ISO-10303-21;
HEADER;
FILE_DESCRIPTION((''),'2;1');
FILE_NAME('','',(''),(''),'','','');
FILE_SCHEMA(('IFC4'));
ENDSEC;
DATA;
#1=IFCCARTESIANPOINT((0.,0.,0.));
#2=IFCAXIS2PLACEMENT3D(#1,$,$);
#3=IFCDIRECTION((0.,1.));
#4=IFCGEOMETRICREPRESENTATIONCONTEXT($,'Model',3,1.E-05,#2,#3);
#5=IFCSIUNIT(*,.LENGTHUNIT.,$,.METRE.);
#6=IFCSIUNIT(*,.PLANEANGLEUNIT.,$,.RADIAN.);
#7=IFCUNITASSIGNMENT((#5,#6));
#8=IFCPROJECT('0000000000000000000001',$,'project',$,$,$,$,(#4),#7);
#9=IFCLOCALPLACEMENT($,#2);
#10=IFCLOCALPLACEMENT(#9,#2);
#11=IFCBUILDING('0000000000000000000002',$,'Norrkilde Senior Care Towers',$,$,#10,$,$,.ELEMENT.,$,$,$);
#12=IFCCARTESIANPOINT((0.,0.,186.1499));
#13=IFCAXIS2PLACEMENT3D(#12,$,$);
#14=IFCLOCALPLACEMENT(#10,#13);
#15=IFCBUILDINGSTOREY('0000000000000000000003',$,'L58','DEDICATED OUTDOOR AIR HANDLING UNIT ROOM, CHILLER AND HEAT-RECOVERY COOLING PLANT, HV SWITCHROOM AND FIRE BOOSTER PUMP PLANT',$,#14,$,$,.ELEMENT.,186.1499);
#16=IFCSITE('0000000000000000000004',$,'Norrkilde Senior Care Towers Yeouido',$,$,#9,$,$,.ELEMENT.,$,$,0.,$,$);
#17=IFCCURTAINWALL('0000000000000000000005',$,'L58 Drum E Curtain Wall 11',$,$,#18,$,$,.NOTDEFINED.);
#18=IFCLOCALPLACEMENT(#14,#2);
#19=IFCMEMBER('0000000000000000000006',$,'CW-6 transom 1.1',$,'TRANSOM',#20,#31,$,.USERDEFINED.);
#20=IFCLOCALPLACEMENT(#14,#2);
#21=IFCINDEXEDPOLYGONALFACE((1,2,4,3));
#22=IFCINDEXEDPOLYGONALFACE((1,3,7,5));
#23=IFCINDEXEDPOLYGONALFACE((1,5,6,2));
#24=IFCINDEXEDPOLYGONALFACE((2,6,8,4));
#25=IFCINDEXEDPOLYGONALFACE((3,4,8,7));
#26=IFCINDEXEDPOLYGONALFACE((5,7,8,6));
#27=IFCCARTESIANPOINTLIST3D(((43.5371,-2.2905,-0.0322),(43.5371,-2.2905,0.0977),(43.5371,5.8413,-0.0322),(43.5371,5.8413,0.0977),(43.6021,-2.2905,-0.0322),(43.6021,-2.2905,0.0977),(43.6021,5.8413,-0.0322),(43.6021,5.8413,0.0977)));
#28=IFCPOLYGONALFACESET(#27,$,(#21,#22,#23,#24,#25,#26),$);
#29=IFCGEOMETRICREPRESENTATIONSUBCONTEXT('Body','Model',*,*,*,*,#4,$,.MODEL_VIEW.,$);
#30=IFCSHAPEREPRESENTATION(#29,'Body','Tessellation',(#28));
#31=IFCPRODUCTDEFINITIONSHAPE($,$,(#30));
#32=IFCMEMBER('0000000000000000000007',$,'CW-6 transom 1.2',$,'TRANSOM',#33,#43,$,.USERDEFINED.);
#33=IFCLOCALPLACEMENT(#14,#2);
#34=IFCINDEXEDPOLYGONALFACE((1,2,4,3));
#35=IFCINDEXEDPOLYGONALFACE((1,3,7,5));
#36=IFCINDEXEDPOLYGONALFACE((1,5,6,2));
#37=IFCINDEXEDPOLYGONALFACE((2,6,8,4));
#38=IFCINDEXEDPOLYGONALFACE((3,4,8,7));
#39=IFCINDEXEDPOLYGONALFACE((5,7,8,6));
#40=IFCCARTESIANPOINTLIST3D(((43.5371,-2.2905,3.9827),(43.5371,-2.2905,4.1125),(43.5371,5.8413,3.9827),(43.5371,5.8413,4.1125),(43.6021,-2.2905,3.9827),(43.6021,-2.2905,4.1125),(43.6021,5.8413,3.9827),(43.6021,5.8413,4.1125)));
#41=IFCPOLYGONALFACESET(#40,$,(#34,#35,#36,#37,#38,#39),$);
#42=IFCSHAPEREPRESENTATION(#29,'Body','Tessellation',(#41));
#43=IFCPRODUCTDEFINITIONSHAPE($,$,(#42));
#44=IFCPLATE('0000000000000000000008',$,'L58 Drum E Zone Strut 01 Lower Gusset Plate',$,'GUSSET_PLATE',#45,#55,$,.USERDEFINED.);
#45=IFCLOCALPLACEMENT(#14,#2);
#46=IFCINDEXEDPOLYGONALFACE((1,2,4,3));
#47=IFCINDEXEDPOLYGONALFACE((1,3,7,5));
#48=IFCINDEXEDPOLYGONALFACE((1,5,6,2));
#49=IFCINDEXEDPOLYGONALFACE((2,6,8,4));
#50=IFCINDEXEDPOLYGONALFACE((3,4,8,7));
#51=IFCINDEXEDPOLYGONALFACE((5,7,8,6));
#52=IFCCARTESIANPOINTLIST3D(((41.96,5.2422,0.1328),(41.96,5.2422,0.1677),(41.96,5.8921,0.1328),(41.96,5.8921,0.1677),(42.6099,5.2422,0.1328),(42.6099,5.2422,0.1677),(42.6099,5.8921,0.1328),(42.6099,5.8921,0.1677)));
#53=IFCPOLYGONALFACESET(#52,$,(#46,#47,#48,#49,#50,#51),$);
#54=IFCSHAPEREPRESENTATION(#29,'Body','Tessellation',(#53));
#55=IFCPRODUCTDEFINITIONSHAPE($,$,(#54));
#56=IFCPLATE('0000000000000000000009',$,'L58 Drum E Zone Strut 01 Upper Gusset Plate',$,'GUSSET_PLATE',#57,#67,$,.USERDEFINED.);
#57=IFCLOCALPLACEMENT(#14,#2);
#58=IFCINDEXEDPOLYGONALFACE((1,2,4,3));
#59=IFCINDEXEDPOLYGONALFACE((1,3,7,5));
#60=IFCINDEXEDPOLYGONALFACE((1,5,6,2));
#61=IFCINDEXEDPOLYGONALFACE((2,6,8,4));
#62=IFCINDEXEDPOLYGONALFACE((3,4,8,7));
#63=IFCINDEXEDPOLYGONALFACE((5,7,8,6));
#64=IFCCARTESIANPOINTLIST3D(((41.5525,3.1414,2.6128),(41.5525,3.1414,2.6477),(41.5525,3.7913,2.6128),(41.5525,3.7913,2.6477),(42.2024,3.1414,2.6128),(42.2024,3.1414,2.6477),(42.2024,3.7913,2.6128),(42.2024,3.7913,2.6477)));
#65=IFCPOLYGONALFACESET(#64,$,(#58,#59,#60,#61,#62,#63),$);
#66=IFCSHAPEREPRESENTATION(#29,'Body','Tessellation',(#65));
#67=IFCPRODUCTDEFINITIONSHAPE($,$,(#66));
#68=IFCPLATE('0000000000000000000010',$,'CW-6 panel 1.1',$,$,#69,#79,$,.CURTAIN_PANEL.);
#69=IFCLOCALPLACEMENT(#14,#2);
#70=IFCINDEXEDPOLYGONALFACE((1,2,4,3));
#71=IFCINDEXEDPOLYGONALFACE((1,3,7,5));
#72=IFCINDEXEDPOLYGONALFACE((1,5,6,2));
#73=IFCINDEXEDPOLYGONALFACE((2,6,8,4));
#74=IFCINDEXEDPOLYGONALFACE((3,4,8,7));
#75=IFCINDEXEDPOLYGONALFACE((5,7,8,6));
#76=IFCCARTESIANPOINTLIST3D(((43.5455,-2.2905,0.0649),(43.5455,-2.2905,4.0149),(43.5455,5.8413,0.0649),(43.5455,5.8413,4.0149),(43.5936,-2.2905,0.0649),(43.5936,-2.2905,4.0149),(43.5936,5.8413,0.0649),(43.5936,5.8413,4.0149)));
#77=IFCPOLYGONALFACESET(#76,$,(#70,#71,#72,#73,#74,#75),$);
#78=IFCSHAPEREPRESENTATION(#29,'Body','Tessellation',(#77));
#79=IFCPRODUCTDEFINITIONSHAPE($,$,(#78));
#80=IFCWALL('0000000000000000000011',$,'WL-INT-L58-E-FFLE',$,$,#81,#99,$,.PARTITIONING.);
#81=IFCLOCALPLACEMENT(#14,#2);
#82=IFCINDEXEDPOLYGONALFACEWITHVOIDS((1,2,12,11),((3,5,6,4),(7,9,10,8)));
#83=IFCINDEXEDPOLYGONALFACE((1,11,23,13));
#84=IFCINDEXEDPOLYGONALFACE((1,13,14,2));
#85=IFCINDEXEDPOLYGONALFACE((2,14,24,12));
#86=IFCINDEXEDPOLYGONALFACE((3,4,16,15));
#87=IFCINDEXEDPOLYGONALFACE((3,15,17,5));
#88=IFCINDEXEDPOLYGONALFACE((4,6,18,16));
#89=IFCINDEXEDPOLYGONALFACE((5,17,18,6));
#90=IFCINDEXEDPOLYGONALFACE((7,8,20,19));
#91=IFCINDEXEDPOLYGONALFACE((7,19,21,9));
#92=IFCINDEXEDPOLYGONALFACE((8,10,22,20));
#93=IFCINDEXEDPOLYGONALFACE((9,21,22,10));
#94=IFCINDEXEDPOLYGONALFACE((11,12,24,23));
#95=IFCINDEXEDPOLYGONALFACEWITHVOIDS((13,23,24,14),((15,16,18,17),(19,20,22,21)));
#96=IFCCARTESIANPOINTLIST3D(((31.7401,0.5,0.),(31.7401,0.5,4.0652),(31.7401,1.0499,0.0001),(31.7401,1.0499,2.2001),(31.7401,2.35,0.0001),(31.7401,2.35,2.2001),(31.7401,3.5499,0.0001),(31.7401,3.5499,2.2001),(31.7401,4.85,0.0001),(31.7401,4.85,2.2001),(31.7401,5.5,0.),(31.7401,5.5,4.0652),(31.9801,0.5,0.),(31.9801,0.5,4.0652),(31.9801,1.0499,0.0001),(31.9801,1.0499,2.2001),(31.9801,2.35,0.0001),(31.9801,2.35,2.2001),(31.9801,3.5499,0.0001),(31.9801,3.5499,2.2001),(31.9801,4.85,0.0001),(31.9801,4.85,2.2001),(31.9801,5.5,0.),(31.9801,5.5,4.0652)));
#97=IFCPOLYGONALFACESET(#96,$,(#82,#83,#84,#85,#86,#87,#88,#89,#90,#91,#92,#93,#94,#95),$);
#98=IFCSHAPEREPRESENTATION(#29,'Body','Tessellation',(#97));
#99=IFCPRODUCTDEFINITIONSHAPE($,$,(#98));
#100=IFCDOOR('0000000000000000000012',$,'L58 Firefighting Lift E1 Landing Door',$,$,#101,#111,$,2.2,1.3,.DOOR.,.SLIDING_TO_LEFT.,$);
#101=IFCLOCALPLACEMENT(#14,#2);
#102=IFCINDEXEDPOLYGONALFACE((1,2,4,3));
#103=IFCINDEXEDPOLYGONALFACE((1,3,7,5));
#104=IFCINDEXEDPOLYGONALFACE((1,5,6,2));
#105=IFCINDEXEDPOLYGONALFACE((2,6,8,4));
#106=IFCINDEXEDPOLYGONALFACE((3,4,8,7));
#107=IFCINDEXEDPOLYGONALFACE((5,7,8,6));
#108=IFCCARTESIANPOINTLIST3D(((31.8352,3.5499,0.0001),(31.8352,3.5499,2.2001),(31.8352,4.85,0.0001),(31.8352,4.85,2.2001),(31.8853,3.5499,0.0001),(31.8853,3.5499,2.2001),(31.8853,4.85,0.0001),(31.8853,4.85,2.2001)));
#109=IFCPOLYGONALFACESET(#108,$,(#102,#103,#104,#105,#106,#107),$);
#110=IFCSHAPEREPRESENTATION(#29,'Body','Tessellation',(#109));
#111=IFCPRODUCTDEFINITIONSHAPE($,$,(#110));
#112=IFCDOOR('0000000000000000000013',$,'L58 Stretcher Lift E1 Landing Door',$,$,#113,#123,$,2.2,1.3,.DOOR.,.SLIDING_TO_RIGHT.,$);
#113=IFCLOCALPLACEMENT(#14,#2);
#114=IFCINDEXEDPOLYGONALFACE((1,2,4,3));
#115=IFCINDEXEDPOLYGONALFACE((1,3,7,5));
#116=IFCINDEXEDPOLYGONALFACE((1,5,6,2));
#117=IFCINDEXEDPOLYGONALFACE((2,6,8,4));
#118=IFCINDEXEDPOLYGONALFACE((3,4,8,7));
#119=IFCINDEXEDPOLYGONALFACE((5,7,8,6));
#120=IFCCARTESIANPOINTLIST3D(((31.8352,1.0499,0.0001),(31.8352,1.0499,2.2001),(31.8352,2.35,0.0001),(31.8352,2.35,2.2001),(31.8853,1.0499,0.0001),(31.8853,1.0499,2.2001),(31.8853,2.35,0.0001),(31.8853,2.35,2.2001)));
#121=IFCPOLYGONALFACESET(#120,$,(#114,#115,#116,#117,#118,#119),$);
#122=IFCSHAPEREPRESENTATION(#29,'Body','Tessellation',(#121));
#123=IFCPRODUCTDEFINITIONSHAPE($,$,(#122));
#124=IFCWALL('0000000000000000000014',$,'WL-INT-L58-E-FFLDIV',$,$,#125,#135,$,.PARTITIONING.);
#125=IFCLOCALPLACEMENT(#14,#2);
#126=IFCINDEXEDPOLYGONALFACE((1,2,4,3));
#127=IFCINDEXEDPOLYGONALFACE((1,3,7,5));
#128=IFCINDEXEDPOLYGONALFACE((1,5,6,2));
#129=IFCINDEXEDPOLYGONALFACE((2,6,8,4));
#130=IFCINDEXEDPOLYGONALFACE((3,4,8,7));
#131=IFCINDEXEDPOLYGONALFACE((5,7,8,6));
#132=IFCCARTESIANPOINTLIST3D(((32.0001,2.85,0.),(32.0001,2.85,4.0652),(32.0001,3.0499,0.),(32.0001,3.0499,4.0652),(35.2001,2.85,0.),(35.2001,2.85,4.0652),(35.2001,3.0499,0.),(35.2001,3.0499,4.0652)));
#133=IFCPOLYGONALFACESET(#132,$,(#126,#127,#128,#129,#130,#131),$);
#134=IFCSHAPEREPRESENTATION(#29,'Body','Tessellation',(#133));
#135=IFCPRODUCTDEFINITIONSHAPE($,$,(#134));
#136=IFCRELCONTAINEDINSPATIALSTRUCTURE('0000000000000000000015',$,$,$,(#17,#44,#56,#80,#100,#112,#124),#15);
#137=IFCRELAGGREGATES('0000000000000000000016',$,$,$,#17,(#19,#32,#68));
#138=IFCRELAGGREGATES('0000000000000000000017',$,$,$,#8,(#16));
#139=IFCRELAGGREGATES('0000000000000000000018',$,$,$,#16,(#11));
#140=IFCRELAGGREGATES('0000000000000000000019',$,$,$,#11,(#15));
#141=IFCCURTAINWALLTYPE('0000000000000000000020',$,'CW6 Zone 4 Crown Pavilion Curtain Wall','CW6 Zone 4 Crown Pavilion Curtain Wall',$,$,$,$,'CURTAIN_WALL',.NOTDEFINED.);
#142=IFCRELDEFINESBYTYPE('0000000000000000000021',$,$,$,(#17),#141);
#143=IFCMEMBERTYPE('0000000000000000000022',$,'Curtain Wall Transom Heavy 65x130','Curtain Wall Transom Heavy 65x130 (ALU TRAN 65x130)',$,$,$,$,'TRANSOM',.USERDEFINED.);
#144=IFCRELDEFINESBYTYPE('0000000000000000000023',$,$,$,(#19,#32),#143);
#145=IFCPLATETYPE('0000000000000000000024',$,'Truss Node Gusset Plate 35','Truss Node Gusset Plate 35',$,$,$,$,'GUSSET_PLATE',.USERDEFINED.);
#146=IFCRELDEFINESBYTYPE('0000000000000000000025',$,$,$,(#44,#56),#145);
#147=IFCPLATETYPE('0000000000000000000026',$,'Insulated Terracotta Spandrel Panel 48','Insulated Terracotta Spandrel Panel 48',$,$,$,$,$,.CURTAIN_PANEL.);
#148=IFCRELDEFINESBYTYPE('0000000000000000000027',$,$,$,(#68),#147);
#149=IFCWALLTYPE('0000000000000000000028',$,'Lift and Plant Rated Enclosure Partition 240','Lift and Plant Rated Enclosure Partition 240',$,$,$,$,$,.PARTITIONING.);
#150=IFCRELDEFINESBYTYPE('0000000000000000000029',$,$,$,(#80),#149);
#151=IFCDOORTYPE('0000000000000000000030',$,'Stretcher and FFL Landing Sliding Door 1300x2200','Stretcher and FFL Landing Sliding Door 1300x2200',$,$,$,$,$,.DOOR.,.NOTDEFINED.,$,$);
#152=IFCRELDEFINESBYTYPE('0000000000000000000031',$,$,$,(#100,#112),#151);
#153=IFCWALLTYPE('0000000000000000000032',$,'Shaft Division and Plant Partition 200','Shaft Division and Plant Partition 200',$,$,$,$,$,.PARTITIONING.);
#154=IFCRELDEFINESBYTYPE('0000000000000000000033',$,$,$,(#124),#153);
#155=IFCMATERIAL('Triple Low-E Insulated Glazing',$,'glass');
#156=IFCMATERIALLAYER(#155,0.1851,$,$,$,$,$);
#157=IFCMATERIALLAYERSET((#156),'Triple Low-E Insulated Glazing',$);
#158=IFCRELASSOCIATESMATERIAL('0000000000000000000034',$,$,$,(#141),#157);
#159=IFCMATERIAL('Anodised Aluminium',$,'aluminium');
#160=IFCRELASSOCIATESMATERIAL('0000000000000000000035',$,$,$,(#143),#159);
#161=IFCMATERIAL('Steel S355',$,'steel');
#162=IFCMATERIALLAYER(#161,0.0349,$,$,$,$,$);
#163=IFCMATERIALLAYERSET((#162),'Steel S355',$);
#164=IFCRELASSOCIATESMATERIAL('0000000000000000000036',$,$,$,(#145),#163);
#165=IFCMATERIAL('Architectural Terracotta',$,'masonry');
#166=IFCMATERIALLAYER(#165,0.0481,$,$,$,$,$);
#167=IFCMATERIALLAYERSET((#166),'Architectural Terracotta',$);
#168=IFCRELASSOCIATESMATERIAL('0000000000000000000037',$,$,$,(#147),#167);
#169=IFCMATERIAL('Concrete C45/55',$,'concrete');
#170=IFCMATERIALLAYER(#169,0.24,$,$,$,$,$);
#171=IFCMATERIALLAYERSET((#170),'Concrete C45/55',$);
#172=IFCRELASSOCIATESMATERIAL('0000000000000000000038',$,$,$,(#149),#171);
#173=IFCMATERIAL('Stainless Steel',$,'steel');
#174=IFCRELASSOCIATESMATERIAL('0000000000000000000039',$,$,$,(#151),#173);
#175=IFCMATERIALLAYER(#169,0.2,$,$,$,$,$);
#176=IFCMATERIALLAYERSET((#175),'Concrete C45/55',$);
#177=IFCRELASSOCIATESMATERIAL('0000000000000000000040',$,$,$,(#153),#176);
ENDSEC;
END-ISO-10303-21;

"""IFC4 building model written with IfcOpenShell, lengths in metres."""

from ifc_helpers import new_model, si_unit, direction, frame, frame_2d, origin, origin_2d, place, context, subcontext, project, spatial, rectangle, extrude, source, transform, mapped, material, layer, layer_set, material_profile, profile_set, type_object, type_shapes, element, fill, aggregate, save


model = new_model("IFC4")

# Units and contexts
model_context = context("Model", 3, precision=1e-05, world=origin(), true_north=direction((0.0, 1.0)))
body_context = subcontext(model_context, "Body", "Model", "MODEL_VIEW")
ifc_project = project(units=[si_unit("LENGTHUNIT", "METRE"), si_unit("PLANEANGLEUNIT", "RADIAN")], contexts=[model_context])

# Site, building, storey
site_placement = place(None, origin())
site = spatial("IfcSite", under=ifc_project, at=site_placement, Name="Norrkilde Senior Care Towers Yeouido", CompositionType="ELEMENT", RefElevation=0.0)
building_placement = place(site_placement, origin())
building = spatial("IfcBuilding", under=site, at=building_placement, Name="Norrkilde Senior Care Towers", CompositionType="ELEMENT")
storey_placement = place(building_placement, frame((0.0, 0.0, 186.1499)))
storey = spatial("IfcBuildingStorey", under=building, at=storey_placement, Name="L58", Description="DEDICATED OUTDOOR AIR HANDLING UNIT ROOM, CHILLER AND HEAT-RECOVERY COOLING PLANT, HV SWITCHROOM AND FIRE BOOSTER PUMP PLANT", CompositionType="ELEMENT", Elevation=186.1499)

# Shared definitions
ifc_material_1 = material(Name="Steel S355", Category="steel")

# Shared definitions
ifc_material_2 = material(Name="Triple Low-E Insulated Glazing", Category="glass")
ifc_layer_1 = layer(ifc_material_2, 0.1851)
ifc_layer_set_1 = layer_set([ifc_layer_1], Name="Triple Low-E Insulated Glazing")
curtain_wall_type = type_object("IfcCurtainWallType", Name="CW6 Zone 4 Crown Pavilion Curtain Wall", Description="CW6 Zone 4 Crown Pavilion Curtain Wall", ElementType="CURTAIN_WALL", PredefinedType="NOTDEFINED", material=ifc_layer_set_1)
ifc_material_3 = material(Name="Anodised Aluminium", Category="aluminium")

# Curtain wall, members
curtain_wall_1_placement = place(storey_placement, origin())
curtain_wall_1 = element("IfcCurtainWall", 1, at=curtain_wall_1_placement, inside=storey, type_object=curtain_wall_type, Name="L58 Drum E Curtain Wall 11", PredefinedType="NOTDEFINED")
ifc_material_profile_1 = material_profile(ifc_material_3, rectangle(XDim=0.0649, YDim=0.1299, at=origin_2d()), Name="ALU TRAN 65x130")
ifc_profile_set_1 = profile_set([ifc_material_profile_1], Name="Anodised Aluminium")
member_type_1 = type_object("IfcMemberType", Name="Curtain Wall Transom Heavy 65x130", Description="Curtain Wall Transom Heavy 65x130 (ALU TRAN 65x130)", ElementType="TRANSOM", PredefinedType="USERDEFINED", material=ifc_profile_set_1)
shared_shape_1 = source(origin(), body_context, "Body", "SweptSolid", [
    extrude(rectangle(XDim=0.0649, YDim=0.1299, at=origin_2d()), origin(), (0.0, 0.0, 1.0), 8.1318),
])
type_shapes(member_type_1, [shared_shape_1])
member_1_placement = place(storey_placement, frame((43.5696, 5.8413, 0.0327), z_axis=(0.0, -1.0, 0.0), x_axis=(1.0, 0.0, 0.0)))
member_1 = element("IfcMember", 2, at=member_1_placement, type_object=member_type_1, Name="CW-6 transom 1.1", ObjectType="TRANSOM", PredefinedType="USERDEFINED", context=body_context, shape_type="MappedRepresentation", body=[
    mapped(shared_shape_1, transform((0.0, 0.0, 0.0), x_axis=(1.0, 0.0, 0.0), y_axis=(0.0, 1.0, 0.0), z_axis=(0.0, 0.0, 1.0), scale=1.0)),
])
member_2_placement = place(storey_placement, frame((43.5696, 5.8413, 4.0476), z_axis=(0.0, -1.0, 0.0), x_axis=(1.0, 0.0, 0.0)))
member_2 = element("IfcMember", 3, at=member_2_placement, type_object=member_type_1, Name="CW-6 transom 1.2", ObjectType="TRANSOM", PredefinedType="USERDEFINED", context=body_context, shape_type="MappedRepresentation", body=[
    mapped(shared_shape_1, transform((0.0, 0.0, 0.0), x_axis=(1.0, 0.0, 0.0), y_axis=(0.0, 1.0, 0.0), z_axis=(0.0, 0.0, 1.0), scale=1.0)),
])

# Plates
ifc_layer_2 = layer(ifc_material_1, 0.0349)
ifc_layer_set_2 = layer_set([ifc_layer_2], Name="Steel S355")
plate_type_1 = type_object("IfcPlateType", Name="Truss Node Gusset Plate 35", Description="Truss Node Gusset Plate 35", ElementType="GUSSET_PLATE", PredefinedType="USERDEFINED", material=ifc_layer_set_2)
shared_shape_2 = source(origin(), body_context, "Body", "SweptSolid", [
    extrude(rectangle(XDim=0.6499, YDim=0.6499, at=origin_2d()), origin(), (0.0, 0.0, 1.0), 0.0349),
])
type_shapes(plate_type_1, [shared_shape_2])
for number, where, z_axis, x_axis, name in (
    (4, (42.2849, 5.5671, 0.1328), (0.0, 0.0, 1.0), (1.0, 0.0, 0.0), "L58 Drum E Zone Strut 01 Lower Gusset Plate"),
    (5, (41.8774, 3.4663, 2.6128), (0.0, 0.0, 1.0), (1.0, 0.0, 0.0), "L58 Drum E Zone Strut 01 Upper Gusset Plate"),
):
    element("IfcPlate", number, at=place(storey_placement, frame(where, z_axis=z_axis, x_axis=x_axis)), inside=storey, type_object=plate_type_1, Name=name, ObjectType="GUSSET_PLATE", PredefinedType="USERDEFINED", context=body_context, shape_type="MappedRepresentation", body=[
        mapped(shared_shape_2, transform((0.0, 0.0, 0.0), x_axis=(1.0, 0.0, 0.0), y_axis=(0.0, 1.0, 0.0), z_axis=(0.0, 0.0, 1.0), scale=1.0)),
    ])

# Plate
ifc_material_4 = material(Name="Architectural Terracotta", Category="masonry")
ifc_layer_3 = layer(ifc_material_4, 0.0481)
ifc_layer_set_3 = layer_set([ifc_layer_3], Name="Architectural Terracotta")
plate_type_2 = type_object("IfcPlateType", Name="Insulated Terracotta Spandrel Panel 48", Description="Insulated Terracotta Spandrel Panel 48", PredefinedType="CURTAIN_PANEL", material=ifc_layer_set_3)
shared_shape_3 = source(origin(), body_context, "Body", "SweptSolid", [
    extrude(rectangle(XDim=8.1318, YDim=0.0481, at=origin_2d()), origin(), (0.0, 0.0, 1.0), 3.95),
])
type_shapes(plate_type_2, [shared_shape_3])
plate_placement = place(storey_placement, frame((43.5696, 1.7754, 0.0649), z_axis=(0.0, 0.0, 1.0), x_axis=(0.0, -1.0, 0.0)))
plate = element("IfcPlate", 6, at=plate_placement, type_object=plate_type_2, Name="CW-6 panel 1.1", PredefinedType="CURTAIN_PANEL", context=body_context, shape_type="MappedRepresentation", body=[
    mapped(shared_shape_3, transform((0.0, 0.0, 0.0), x_axis=(1.0, 0.0, 0.0), y_axis=(0.0, 1.0, 0.0), z_axis=(0.0, 0.0, 1.0), scale=1.0)),
])
aggregate(curtain_wall_1, [member_1, member_2, plate])

# Shared definitions
ifc_material_5 = material(Name="Concrete C45/55", Category="concrete")

# Wall, openings, doors
ifc_layer_4 = layer(ifc_material_5, 0.24)
ifc_layer_set_4 = layer_set([ifc_layer_4], Name="Concrete C45/55")
wall_type_1 = type_object("IfcWallType", Name="Lift and Plant Rated Enclosure Partition 240", Description="Lift and Plant Rated Enclosure Partition 240", PredefinedType="PARTITIONING", material=ifc_layer_set_4)
shared_shape_4 = source(origin(), body_context, "Body", "SweptSolid", [
    extrude(rectangle(XDim=5.0, YDim=0.24, at=frame_2d((2.5, 0.0))), origin(), (0.0, 0.0, 1.0), 4.0652),
])
type_shapes(wall_type_1, [shared_shape_4])
wall_1_placement = place(storey_placement, frame((31.8601, 0.5, 0.0), z_axis=(0.0, 0.0, 1.0), x_axis=(0.0, 1.0, 0.0)))
wall_1 = element("IfcWall", 7, at=wall_1_placement, inside=storey, type_object=wall_type_1, Name="WL-INT-L58-E-FFLE", PredefinedType="PARTITIONING", context=body_context, shape_type="MappedRepresentation", body=[
    mapped(shared_shape_4, transform((0.0, 0.0, 0.0), x_axis=(1.0, 0.0, 0.0), y_axis=(0.0, 1.0, 0.0), z_axis=(0.0, 0.0, 1.0), scale=1.0)),
])
opening_1_placement = place(wall_1_placement, frame((3.05, 0.0, 0.0)))
opening_1 = element("IfcOpeningElement", 8, at=opening_1_placement, cuts=wall_1, PredefinedType="OPENING", context=body_context, shape_type="SweptSolid", body=[
    extrude(rectangle(XDim=1.3, YDim=2.2, at=frame_2d((0.6499, 1.1001))), frame((0.0, 0.1299, 0.0), z_axis=(0.0, -1.0, 0.0), x_axis=(1.0, 0.0, 0.0)), (0.0, 0.0, 1.0), 0.26),
])
opening_2_placement = place(wall_1_placement, frame((0.55, 0.0, 0.0)))
opening_2 = element("IfcOpeningElement", 9, at=opening_2_placement, cuts=wall_1, PredefinedType="OPENING", context=body_context, shape_type="SweptSolid", body=[
    extrude(rectangle(XDim=1.3, YDim=2.2, at=frame_2d((0.6499, 1.1001))), frame((0.0, 0.1299, 0.0), z_axis=(0.0, -1.0, 0.0), x_axis=(1.0, 0.0, 0.0)), (0.0, 0.0, 1.0), 0.26),
])
ifc_material_6 = material(Name="Stainless Steel", Category="steel")
door_type_1 = type_object("IfcDoorType", Name="Stretcher and FFL Landing Sliding Door 1300x2200", Description="Stretcher and FFL Landing Sliding Door 1300x2200", OperationType="NOTDEFINED", PredefinedType="DOOR", material=ifc_material_6)
shared_shape_5 = source(origin(), body_context, "Body", "SweptSolid", [
    extrude(rectangle(XDim=1.3, YDim=2.2, at=frame_2d((0.6499, 1.1001))), frame((0.0, 0.0249, 0.0), z_axis=(0.0, -1.0, 0.0), x_axis=(1.0, 0.0, 0.0)), (0.0, 0.0, 1.0), 0.05),
])
type_shapes(door_type_1, [shared_shape_5])
door_1_placement = place(opening_1_placement, origin())
door_1 = element("IfcDoor", 10, at=door_1_placement, inside=storey, type_object=door_type_1, Name="L58 Firefighting Lift E1 Landing Door", OperationType="SLIDING_TO_LEFT", OverallHeight=2.2, OverallWidth=1.3, PredefinedType="DOOR", context=body_context, shape_type="MappedRepresentation", body=[
    mapped(shared_shape_5, transform((0.0, 0.0, 0.0), x_axis=(1.0, 0.0, 0.0), y_axis=(0.0, 1.0, 0.0), z_axis=(0.0, 0.0, 1.0), scale=1.0)),
])
fill(opening_1, door_1)
door_2_placement = place(opening_2_placement, origin())
door_2 = element("IfcDoor", 11, at=door_2_placement, inside=storey, type_object=door_type_1, Name="L58 Stretcher Lift E1 Landing Door", OperationType="SLIDING_TO_RIGHT", OverallHeight=2.2, OverallWidth=1.3, PredefinedType="DOOR", context=body_context, shape_type="MappedRepresentation", body=[
    mapped(shared_shape_5, transform((0.0, 0.0, 0.0), x_axis=(1.0, 0.0, 0.0), y_axis=(0.0, 1.0, 0.0), z_axis=(0.0, 0.0, 1.0), scale=1.0)),
])
fill(opening_2, door_2)

# Wall
ifc_layer_5 = layer(ifc_material_5, 0.2)
ifc_layer_set_5 = layer_set([ifc_layer_5], Name="Concrete C45/55")
wall_type_2 = type_object("IfcWallType", Name="Shaft Division and Plant Partition 200", Description="Shaft Division and Plant Partition 200", PredefinedType="PARTITIONING", material=ifc_layer_set_5)
shared_shape_6 = source(origin(), body_context, "Body", "SweptSolid", [
    extrude(rectangle(XDim=3.2, YDim=0.2, at=frame_2d((1.6001, 0.0))), origin(), (0.0, 0.0, 1.0), 4.0652),
])
wall_2_placement = place(storey_placement, frame((32.0, 2.95, 0.0), z_axis=(0.0, 0.0, 1.0), x_axis=(1.0, 0.0, 0.0)))
element("IfcWall", 12, at=wall_2_placement, inside=storey, type_object=wall_type_2, Name="WL-INT-L58-E-FFLDIV", PredefinedType="PARTITIONING", context=body_context, shape_type="MappedRepresentation", body=[
    mapped(shared_shape_6, transform((0.0, 0.0, 0.0), x_axis=(1.0, 0.0, 0.0), y_axis=(0.0, 1.0, 0.0), z_axis=(0.0, 0.0, 1.0), scale=1.0)),
])

save(model, "model.ifc")
